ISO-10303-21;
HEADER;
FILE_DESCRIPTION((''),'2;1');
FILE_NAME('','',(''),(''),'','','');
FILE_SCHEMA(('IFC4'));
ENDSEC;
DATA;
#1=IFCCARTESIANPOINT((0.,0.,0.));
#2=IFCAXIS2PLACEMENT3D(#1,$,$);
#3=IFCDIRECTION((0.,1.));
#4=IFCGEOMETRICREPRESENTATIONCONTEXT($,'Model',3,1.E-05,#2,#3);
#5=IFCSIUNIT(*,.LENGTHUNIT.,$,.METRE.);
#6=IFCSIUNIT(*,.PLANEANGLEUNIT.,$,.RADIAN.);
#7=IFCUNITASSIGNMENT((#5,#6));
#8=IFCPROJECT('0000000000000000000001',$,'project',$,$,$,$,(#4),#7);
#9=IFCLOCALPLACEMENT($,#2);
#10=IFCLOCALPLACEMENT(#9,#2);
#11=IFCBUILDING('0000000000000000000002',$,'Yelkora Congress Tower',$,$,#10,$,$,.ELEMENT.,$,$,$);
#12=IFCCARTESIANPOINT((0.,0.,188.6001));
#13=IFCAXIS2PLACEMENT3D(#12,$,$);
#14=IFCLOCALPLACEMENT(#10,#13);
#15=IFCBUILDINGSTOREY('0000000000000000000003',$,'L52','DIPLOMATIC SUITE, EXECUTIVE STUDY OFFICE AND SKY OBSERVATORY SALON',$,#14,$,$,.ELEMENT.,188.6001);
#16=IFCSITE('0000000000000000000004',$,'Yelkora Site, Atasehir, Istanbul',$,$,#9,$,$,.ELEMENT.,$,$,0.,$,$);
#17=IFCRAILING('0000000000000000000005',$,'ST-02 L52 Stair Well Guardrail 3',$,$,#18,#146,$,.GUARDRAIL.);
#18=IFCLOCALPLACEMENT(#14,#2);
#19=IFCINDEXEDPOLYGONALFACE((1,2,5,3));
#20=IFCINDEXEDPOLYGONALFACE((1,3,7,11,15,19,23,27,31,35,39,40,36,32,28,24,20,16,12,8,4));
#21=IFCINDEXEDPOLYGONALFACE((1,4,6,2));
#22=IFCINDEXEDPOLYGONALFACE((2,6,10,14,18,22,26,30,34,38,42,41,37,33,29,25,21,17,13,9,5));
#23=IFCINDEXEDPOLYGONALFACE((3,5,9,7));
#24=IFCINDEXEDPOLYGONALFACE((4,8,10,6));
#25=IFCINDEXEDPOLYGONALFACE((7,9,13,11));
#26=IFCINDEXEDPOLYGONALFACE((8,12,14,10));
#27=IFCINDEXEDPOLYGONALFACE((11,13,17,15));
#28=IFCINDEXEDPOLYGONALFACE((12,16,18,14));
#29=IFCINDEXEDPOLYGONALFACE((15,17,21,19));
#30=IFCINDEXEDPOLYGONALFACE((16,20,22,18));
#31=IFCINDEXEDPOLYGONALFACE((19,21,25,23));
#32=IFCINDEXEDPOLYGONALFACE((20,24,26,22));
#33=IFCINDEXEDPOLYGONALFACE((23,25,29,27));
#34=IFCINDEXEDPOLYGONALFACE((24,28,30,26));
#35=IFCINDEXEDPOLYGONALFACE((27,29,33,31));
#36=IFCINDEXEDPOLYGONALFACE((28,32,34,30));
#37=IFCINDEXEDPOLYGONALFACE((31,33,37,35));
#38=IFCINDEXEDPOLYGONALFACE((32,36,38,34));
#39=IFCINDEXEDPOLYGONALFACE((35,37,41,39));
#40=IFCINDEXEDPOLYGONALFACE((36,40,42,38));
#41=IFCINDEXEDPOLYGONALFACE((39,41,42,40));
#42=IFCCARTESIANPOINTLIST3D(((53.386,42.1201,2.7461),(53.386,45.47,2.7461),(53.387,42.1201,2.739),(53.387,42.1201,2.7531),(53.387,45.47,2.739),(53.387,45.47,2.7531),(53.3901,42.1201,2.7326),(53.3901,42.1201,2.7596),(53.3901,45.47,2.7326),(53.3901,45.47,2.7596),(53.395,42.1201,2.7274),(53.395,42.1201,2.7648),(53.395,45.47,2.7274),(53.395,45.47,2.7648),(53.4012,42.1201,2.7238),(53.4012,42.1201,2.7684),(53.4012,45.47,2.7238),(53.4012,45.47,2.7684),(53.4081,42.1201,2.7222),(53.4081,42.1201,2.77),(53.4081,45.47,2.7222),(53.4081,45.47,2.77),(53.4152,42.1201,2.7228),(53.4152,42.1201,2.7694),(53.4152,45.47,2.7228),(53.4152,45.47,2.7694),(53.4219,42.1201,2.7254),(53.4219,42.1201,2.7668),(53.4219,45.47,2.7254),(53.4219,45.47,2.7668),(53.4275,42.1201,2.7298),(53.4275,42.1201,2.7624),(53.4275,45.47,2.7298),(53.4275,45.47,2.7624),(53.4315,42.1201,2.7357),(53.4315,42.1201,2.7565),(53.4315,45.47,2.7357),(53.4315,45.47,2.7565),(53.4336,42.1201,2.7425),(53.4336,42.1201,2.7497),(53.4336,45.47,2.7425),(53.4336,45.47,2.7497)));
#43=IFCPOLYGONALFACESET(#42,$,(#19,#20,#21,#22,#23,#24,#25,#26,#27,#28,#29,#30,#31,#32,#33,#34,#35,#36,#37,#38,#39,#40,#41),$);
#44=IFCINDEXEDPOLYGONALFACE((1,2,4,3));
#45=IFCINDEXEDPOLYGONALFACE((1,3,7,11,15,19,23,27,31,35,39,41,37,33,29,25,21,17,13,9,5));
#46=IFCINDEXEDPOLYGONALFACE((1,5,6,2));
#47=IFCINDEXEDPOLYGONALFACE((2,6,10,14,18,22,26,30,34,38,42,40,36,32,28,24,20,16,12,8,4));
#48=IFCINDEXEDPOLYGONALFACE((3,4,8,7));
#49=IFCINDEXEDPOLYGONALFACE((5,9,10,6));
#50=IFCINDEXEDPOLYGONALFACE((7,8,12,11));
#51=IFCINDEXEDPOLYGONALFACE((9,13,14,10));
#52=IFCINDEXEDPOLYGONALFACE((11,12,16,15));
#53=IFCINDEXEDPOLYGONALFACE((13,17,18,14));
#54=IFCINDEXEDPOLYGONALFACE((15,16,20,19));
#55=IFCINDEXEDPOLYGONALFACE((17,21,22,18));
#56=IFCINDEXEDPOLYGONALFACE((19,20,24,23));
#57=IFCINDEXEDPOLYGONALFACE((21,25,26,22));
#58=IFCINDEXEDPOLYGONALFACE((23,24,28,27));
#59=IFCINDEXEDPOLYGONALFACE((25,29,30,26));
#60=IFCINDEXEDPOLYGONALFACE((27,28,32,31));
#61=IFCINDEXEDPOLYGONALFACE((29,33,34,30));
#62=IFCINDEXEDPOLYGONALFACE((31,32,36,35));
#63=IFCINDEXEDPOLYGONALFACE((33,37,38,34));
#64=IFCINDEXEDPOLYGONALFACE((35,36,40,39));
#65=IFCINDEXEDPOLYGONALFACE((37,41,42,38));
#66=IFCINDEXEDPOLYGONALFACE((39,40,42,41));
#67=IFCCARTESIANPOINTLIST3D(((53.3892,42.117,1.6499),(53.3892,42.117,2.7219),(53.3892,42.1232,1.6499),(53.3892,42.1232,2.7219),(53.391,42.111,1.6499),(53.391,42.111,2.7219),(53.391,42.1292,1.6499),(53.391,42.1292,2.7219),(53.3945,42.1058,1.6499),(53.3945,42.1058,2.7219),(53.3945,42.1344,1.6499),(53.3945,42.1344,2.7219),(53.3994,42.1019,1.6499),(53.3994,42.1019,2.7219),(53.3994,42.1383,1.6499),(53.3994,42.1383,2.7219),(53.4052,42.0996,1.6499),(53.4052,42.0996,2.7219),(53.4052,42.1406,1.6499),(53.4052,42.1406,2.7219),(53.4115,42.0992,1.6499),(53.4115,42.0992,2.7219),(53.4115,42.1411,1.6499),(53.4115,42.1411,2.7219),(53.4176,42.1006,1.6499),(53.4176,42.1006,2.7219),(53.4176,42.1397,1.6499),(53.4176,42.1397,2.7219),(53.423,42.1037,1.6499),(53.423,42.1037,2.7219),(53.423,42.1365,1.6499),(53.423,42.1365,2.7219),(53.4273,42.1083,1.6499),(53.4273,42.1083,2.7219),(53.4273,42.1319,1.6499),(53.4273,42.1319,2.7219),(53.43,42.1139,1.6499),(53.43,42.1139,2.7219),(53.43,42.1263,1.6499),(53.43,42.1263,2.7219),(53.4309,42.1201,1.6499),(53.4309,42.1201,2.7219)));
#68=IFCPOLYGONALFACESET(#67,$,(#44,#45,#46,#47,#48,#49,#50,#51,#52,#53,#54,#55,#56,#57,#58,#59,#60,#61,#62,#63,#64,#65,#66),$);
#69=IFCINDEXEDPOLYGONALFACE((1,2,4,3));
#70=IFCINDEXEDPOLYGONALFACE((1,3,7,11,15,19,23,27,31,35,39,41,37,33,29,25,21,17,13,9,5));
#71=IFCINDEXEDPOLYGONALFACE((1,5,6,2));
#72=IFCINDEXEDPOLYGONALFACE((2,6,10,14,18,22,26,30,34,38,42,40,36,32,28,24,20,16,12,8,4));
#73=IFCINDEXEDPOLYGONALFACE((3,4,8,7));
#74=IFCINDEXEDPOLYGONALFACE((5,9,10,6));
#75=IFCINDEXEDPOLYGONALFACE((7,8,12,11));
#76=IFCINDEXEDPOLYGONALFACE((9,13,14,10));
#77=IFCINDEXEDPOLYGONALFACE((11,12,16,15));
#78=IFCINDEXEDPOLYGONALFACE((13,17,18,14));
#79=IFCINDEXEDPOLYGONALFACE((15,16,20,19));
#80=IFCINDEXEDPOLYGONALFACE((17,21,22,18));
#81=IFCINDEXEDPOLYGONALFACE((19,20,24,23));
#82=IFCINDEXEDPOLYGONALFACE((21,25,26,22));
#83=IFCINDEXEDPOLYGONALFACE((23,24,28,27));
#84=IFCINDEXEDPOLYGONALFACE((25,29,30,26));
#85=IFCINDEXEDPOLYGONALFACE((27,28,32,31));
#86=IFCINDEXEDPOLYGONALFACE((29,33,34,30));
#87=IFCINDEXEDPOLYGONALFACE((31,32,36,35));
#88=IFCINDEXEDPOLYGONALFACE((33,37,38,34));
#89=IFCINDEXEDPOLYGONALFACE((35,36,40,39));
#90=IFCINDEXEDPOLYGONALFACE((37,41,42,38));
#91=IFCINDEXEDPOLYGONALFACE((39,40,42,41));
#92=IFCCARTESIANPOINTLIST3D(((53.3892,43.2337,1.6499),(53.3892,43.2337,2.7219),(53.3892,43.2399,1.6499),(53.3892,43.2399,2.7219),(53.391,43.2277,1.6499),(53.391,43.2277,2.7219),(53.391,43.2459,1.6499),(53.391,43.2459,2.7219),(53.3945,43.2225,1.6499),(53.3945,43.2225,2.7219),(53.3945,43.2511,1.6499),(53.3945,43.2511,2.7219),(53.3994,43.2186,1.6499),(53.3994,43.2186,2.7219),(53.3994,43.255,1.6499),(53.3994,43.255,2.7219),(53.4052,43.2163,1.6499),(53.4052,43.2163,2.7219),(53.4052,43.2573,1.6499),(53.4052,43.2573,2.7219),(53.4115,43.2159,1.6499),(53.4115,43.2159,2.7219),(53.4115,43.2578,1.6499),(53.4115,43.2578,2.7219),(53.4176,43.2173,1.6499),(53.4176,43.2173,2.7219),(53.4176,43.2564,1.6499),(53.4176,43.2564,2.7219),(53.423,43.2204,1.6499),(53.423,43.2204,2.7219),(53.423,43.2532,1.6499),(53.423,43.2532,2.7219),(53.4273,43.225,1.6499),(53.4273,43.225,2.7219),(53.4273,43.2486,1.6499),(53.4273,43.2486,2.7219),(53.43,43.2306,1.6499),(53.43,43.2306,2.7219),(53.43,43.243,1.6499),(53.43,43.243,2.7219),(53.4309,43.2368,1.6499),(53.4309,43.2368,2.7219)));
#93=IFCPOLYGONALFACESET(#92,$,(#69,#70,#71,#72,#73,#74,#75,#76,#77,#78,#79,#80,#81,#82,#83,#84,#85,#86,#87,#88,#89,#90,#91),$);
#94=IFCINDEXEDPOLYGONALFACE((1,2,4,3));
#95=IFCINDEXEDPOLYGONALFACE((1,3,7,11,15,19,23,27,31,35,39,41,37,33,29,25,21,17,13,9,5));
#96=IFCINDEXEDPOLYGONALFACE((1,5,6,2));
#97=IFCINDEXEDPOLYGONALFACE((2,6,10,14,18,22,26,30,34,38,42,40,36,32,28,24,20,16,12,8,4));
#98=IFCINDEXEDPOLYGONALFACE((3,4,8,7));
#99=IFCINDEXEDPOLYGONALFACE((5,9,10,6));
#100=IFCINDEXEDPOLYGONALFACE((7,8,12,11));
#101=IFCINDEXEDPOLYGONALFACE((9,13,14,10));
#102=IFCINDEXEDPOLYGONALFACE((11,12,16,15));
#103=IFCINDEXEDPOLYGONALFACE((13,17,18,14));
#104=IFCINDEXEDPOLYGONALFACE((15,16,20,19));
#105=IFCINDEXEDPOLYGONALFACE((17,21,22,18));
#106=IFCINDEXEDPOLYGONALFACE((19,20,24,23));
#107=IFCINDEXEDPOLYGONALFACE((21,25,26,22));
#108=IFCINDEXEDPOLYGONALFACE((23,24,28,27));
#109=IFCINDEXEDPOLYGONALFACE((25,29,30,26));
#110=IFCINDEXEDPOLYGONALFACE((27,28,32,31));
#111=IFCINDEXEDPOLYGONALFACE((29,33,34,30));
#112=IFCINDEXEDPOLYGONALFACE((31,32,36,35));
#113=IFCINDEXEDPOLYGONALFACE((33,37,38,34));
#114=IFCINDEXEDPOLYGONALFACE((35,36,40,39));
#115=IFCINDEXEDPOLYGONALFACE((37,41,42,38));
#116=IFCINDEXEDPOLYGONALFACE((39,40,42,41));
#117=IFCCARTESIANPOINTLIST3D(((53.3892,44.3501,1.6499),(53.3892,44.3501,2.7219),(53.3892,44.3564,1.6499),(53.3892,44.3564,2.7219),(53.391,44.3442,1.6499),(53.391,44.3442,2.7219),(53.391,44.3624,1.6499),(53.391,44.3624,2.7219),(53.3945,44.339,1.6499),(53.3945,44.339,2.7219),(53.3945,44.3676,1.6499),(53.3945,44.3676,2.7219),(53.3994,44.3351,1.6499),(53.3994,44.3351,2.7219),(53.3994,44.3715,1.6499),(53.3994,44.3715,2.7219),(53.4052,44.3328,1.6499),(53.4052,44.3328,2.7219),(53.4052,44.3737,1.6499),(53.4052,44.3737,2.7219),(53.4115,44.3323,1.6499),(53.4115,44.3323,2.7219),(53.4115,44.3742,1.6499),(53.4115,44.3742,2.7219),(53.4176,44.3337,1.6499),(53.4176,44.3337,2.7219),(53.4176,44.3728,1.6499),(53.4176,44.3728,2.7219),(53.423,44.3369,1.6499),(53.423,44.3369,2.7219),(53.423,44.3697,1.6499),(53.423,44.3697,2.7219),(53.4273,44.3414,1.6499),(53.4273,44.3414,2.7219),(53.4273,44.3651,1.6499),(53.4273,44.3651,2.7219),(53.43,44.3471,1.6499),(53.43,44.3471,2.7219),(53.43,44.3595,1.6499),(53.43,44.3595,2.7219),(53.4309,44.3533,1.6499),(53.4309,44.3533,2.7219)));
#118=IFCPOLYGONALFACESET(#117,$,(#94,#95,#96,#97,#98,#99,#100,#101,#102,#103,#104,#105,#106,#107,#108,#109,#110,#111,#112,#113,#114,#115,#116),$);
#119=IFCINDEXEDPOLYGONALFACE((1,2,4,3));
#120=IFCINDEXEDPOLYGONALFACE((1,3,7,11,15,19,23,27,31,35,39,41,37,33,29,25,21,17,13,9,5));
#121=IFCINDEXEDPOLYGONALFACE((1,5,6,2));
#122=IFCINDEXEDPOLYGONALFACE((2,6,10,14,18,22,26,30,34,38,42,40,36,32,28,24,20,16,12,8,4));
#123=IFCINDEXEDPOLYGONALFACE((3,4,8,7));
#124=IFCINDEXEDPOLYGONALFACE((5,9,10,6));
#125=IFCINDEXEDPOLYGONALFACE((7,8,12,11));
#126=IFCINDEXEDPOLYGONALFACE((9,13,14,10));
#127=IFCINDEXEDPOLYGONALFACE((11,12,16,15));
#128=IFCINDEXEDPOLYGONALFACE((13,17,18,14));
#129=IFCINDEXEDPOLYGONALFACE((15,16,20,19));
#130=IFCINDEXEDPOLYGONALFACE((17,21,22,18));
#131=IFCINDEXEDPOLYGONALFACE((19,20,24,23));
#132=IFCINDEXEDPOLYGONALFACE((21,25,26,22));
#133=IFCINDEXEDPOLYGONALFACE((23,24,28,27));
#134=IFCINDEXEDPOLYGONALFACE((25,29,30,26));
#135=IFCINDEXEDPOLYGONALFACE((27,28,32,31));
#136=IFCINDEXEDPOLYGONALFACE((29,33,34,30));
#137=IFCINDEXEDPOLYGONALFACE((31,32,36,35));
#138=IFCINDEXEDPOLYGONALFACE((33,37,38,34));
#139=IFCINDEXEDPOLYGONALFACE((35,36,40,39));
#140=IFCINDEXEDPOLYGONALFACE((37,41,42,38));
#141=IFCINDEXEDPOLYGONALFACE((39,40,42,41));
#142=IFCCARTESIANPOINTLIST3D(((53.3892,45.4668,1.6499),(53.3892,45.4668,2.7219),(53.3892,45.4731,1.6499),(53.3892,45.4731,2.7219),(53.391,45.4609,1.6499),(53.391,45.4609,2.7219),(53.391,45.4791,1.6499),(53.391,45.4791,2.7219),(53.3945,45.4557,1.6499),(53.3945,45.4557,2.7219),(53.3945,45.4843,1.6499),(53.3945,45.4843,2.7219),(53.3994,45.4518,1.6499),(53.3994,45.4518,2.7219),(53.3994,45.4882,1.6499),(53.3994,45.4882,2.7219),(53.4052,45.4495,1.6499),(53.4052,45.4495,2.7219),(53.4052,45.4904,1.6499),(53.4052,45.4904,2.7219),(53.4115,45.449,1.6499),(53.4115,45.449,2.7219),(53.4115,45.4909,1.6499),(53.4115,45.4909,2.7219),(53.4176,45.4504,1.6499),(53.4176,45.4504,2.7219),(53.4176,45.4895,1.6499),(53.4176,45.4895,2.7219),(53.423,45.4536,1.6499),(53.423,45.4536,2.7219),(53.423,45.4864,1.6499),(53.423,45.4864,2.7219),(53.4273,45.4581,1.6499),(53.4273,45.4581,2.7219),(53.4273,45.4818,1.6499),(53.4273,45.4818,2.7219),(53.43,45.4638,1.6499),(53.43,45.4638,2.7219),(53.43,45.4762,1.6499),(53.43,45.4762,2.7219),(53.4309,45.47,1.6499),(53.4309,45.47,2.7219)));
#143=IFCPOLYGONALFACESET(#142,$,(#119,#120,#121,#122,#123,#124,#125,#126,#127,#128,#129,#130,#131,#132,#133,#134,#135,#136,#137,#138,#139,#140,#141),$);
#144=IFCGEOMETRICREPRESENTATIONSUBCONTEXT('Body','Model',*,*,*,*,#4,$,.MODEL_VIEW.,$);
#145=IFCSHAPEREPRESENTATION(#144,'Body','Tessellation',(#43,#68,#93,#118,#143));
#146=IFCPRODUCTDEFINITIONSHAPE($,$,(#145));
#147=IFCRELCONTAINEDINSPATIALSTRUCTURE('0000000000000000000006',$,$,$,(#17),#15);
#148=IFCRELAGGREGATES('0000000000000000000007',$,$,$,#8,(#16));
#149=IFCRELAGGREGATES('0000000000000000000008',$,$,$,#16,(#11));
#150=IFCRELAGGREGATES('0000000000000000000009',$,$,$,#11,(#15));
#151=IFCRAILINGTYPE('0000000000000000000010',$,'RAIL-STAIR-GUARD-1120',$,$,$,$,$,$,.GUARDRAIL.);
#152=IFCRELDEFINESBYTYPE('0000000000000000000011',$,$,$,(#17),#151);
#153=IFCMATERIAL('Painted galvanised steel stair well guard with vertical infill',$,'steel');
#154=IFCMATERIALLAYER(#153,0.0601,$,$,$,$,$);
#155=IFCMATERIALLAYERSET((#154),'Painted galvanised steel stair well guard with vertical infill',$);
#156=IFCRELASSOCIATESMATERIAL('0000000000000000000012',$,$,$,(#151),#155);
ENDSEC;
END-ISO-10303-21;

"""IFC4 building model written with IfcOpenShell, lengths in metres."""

from ifc_helpers import new_model, si_unit, direction, frame, origin, origin_2d, place, context, subcontext, project, spatial, circle, extrude, material, layer, layer_set, type_object, element, save


model = new_model("IFC4")

# Units and contexts
model_context = context("Model", 3, precision=1e-05, world=origin(), true_north=direction((0.0, 1.0)))
body_context = subcontext(model_context, "Body", "Model", "MODEL_VIEW")
ifc_project = project(units=[si_unit("LENGTHUNIT", "METRE"), si_unit("PLANEANGLEUNIT", "RADIAN")], contexts=[model_context])

# Site, building, storey
site_placement = place(None, origin())
site = spatial("IfcSite", under=ifc_project, at=site_placement, Name="Yelkora Site, Atasehir, Istanbul", CompositionType="ELEMENT", RefElevation=0.0)
building_placement = place(site_placement, origin())
building = spatial("IfcBuilding", under=site, at=building_placement, Name="Yelkora Congress Tower", CompositionType="ELEMENT")
storey_placement = place(building_placement, frame((0.0, 0.0, 188.6001)))
storey = spatial("IfcBuildingStorey", under=building, at=storey_placement, Name="L52", Description="DIPLOMATIC SUITE, EXECUTIVE STUDY OFFICE AND SKY OBSERVATORY SALON", CompositionType="ELEMENT", Elevation=188.6001)

# Railing
ifc_material_1 = material(Name="Painted galvanised steel stair well guard with vertical infill", Category="steel")
ifc_layer_1 = layer(ifc_material_1, 0.0601)
ifc_layer_set_1 = layer_set([ifc_layer_1], Name="Painted galvanised steel stair well guard with vertical infill")
railing_type_1 = type_object("IfcRailingType", Name="RAIL-STAIR-GUARD-1120", PredefinedType="GUARDRAIL", material=ifc_layer_set_1)
for number, where, name in (
    (1, (53.4099, 42.1201, 1.6499), "ST-02 L52 Stair Well Guardrail 3"),
):
    element("IfcRailing", number, at=place(storey_placement, frame(where)), inside=storey, type_object=railing_type_1, Name=name, PredefinedType="GUARDRAIL", context=body_context, shape_type="SweptSolid", body=[
        extrude(circle(Radius=0.0239, at=origin_2d()), frame((0.0, 0.0, 1.0962), z_axis=(0.0, 1.0, 0.0), x_axis=(-1.0, 0.0, 0.0)), (0.0, 0.0, 1.0), 3.3499),
        extrude(circle(Radius=0.021, at=origin_2d()), origin(), (0.0, 0.0, 1.0), 1.072),
        extrude(circle(Radius=0.021, at=origin_2d()), frame((0.0, 1.1167, 0.0)), (0.0, 0.0, 1.0), 1.072),
        extrude(circle(Radius=0.021, at=origin_2d()), frame((0.0, 2.2332, 0.0)), (0.0, 0.0, 1.0), 1.072),
        extrude(circle(Radius=0.021, at=origin_2d()), frame((0.0, 3.3499, 0.0)), (0.0, 0.0, 1.0), 1.072),
    ])

save(model, "model.ifc")
